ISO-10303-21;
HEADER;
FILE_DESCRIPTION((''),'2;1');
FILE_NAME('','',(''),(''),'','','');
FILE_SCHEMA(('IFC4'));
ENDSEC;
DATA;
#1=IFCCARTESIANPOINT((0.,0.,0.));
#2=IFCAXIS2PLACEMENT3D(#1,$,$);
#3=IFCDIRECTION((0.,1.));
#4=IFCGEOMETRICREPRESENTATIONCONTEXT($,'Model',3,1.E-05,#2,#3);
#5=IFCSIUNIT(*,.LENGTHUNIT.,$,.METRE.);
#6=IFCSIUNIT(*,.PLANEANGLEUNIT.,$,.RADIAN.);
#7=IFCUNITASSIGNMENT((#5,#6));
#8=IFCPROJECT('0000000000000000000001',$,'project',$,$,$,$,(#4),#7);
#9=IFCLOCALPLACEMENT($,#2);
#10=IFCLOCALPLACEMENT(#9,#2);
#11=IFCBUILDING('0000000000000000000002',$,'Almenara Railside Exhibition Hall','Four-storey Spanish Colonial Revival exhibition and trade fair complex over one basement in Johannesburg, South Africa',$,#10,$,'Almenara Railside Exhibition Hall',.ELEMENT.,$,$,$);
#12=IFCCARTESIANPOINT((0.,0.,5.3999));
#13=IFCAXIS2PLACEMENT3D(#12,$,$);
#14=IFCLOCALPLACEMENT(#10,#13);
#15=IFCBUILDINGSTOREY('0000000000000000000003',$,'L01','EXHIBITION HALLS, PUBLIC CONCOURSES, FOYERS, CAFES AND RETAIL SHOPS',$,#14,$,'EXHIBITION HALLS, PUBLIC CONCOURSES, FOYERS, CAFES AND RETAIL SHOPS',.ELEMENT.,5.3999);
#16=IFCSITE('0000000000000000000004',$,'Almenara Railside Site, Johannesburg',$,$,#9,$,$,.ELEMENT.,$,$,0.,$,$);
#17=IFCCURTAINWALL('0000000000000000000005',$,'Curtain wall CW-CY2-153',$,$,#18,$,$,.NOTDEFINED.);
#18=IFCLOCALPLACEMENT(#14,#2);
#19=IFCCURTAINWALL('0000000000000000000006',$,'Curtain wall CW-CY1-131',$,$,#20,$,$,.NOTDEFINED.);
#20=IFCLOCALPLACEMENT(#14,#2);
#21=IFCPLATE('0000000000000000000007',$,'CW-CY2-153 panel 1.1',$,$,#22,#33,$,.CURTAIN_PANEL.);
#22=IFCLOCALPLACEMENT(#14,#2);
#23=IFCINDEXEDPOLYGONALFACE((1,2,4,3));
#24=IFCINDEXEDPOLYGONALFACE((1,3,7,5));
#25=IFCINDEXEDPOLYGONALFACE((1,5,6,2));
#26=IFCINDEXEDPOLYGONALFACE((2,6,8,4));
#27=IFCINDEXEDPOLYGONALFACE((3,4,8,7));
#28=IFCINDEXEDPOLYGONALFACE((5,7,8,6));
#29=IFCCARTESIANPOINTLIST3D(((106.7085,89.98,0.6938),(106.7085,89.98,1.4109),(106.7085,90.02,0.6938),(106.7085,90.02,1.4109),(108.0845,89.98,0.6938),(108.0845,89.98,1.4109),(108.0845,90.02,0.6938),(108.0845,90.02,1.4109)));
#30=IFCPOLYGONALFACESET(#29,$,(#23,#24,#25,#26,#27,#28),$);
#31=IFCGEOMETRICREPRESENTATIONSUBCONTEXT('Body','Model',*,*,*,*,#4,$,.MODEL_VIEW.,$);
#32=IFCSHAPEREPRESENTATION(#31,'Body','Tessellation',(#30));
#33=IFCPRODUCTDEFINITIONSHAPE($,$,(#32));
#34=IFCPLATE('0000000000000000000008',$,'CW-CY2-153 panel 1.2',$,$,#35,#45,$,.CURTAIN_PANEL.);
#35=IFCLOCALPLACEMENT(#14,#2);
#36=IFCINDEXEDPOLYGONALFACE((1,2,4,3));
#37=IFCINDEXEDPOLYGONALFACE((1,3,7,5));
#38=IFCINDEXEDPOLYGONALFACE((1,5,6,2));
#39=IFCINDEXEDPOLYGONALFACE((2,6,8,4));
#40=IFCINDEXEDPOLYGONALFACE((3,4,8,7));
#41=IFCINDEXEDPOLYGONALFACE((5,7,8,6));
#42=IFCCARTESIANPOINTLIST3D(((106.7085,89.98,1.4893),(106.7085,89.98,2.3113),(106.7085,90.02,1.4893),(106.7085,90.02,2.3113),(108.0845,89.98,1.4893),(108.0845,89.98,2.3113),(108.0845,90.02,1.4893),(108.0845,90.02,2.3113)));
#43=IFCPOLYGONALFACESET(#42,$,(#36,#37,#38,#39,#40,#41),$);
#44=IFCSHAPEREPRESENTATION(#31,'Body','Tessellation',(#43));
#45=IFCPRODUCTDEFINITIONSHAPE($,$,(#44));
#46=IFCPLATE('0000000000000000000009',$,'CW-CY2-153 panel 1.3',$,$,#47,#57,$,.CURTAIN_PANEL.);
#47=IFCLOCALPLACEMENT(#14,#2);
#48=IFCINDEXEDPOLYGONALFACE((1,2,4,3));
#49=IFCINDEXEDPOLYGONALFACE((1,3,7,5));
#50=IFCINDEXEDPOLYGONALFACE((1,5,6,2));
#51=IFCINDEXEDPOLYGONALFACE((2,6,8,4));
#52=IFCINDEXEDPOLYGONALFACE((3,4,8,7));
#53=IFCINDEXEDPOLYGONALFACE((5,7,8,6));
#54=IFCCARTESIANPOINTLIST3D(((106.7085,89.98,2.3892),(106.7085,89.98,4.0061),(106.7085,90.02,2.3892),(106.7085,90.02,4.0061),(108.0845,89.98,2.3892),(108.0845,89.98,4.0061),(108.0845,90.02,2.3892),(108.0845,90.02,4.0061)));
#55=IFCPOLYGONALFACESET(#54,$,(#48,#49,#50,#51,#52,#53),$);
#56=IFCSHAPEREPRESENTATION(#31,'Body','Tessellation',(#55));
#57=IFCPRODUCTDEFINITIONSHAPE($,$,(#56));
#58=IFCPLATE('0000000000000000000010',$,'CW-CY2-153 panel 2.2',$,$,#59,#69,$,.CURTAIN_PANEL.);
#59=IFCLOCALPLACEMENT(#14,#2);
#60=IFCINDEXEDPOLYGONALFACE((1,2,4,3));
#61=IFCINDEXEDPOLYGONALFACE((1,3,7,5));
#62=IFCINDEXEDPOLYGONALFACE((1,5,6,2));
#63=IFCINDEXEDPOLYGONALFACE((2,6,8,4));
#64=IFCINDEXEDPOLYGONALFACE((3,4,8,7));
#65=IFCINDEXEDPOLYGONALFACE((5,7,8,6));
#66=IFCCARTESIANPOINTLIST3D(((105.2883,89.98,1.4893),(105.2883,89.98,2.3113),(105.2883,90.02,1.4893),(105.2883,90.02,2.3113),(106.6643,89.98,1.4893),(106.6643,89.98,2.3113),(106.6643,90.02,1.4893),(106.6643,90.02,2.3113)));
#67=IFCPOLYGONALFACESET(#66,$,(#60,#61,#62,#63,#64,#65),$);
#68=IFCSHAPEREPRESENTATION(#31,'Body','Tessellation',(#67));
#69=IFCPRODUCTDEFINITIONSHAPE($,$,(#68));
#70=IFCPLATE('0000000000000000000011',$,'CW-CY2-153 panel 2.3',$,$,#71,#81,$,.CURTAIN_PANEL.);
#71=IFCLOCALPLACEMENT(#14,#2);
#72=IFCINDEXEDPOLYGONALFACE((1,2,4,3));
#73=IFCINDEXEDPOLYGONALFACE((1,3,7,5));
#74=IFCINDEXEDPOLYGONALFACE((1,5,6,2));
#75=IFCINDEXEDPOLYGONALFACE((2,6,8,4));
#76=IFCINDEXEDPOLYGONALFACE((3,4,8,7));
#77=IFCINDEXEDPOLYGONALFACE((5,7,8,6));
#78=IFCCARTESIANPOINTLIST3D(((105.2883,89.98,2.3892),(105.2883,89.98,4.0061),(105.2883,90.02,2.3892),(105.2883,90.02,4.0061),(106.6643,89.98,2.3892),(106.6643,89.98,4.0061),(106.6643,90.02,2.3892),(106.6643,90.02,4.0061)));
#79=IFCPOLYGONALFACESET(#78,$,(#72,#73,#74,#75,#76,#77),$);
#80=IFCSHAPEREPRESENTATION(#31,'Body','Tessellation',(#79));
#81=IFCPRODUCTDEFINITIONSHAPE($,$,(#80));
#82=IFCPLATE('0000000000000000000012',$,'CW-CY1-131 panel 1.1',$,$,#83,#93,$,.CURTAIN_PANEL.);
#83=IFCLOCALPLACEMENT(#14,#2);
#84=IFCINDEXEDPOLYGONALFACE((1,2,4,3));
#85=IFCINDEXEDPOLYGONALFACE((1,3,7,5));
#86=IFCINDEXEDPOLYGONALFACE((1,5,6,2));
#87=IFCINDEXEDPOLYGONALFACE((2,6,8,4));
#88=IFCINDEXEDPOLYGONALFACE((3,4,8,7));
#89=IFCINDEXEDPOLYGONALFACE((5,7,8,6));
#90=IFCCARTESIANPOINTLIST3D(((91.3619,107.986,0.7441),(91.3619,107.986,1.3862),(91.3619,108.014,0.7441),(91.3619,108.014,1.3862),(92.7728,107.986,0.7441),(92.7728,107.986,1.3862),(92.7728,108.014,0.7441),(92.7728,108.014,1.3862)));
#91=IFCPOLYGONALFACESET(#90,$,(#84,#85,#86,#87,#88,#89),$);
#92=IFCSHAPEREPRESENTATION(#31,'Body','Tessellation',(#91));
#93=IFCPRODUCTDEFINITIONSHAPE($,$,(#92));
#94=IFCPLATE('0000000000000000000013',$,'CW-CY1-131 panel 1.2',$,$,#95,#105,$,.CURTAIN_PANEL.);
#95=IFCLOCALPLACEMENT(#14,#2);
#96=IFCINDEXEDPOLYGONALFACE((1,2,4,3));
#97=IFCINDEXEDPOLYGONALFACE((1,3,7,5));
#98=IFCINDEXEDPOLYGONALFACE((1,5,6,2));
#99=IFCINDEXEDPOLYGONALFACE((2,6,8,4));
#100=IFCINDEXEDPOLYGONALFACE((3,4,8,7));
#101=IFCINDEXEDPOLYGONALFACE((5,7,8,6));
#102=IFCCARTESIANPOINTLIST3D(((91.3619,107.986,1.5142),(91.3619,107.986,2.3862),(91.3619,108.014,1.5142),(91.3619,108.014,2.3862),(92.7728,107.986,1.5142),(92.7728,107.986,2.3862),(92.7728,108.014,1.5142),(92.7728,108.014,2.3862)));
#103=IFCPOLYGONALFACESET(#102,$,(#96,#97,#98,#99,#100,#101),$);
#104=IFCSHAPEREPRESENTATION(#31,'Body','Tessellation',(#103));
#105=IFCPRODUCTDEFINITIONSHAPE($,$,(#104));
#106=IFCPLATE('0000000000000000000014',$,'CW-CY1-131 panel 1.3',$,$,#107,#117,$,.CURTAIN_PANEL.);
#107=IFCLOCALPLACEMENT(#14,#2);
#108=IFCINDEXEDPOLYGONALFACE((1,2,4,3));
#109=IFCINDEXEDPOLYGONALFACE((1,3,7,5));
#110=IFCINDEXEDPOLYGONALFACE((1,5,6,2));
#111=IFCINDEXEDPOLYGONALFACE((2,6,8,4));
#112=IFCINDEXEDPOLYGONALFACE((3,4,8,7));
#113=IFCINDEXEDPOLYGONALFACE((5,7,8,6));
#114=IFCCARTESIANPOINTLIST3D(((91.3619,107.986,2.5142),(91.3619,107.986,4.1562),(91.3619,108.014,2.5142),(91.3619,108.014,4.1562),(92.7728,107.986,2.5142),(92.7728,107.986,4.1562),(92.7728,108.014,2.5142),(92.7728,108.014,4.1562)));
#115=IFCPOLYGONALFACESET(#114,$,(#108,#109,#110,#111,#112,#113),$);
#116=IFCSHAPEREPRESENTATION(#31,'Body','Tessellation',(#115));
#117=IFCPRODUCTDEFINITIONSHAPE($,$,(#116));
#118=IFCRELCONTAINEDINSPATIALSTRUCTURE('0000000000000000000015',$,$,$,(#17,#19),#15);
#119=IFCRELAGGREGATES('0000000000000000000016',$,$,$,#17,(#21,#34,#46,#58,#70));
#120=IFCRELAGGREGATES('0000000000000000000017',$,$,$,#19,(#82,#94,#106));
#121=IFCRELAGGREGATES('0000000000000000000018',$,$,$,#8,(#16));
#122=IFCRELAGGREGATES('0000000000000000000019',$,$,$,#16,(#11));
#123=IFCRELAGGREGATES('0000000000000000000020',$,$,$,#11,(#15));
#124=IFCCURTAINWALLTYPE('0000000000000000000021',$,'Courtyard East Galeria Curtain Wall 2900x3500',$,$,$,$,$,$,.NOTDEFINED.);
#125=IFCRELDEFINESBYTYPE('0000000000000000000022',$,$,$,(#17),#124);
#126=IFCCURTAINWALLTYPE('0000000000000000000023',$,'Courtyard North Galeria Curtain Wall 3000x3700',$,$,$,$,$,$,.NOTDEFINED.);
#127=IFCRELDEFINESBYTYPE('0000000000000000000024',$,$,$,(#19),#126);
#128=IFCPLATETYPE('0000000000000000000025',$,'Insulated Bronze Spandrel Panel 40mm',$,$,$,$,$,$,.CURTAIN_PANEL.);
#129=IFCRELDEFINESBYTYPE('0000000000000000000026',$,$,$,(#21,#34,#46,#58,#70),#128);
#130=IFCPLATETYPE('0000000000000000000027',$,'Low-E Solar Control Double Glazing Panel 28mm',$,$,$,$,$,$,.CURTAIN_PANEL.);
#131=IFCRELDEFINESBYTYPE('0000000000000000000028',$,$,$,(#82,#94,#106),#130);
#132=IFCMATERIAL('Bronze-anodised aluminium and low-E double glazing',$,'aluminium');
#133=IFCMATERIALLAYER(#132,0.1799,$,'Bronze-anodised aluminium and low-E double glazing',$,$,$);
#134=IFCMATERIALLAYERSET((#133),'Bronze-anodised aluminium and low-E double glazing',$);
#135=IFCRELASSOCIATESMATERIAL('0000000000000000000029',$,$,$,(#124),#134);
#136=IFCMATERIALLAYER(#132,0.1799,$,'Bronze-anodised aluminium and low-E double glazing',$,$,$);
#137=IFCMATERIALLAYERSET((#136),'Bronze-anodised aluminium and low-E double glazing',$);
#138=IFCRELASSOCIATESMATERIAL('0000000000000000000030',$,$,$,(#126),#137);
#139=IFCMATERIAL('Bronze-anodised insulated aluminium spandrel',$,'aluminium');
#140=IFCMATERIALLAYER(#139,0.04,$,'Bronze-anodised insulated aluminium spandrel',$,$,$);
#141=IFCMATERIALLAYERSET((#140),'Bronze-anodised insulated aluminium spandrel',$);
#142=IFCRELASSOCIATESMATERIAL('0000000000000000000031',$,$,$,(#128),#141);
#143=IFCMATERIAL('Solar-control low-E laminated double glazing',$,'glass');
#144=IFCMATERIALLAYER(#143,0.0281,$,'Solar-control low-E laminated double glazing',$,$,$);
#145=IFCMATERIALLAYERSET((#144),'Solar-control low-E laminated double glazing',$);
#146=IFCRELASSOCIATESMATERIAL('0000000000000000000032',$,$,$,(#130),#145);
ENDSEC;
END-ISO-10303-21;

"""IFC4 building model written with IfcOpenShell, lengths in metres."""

from ifc_helpers import new_model, si_unit, direction, frame, origin, origin_2d, place, context, subcontext, project, spatial, rectangle, extrude, material, layer, layer_set, type_object, element, aggregate, save


model = new_model("IFC4")

# Units and contexts
model_context = context("Model", 3, precision=1e-05, world=origin(), true_north=direction((0.0, 1.0)))
body_context = subcontext(model_context, "Body", "Model", "MODEL_VIEW")
ifc_project = project(units=[si_unit("LENGTHUNIT", "METRE"), si_unit("PLANEANGLEUNIT", "RADIAN")], contexts=[model_context])

# Site, building, storey
site_placement = place(None, origin())
site = spatial("IfcSite", under=ifc_project, at=site_placement, Name="Almenara Railside Site, Johannesburg", CompositionType="ELEMENT", RefElevation=0.0)
building_placement = place(site_placement, origin())
building = spatial("IfcBuilding", under=site, at=building_placement, Name="Almenara Railside Exhibition Hall", Description="Four-storey Spanish Colonial Revival exhibition and trade fair complex over one basement in Johannesburg, South Africa", LongName="Almenara Railside Exhibition Hall", CompositionType="ELEMENT")
storey_placement = place(building_placement, frame((0.0, 0.0, 5.3999)))
storey = spatial("IfcBuildingStorey", under=building, at=storey_placement, Name="L01", Description="EXHIBITION HALLS, PUBLIC CONCOURSES, FOYERS, CAFES AND RETAIL SHOPS", LongName="EXHIBITION HALLS, PUBLIC CONCOURSES, FOYERS, CAFES AND RETAIL SHOPS", CompositionType="ELEMENT", Elevation=5.3999)

# Curtain wall
ifc_material_1 = material(Name="Bronze-anodised aluminium and low-E double glazing", Category="aluminium")
ifc_layer_1 = layer(ifc_material_1, 0.1799, Name="Bronze-anodised aluminium and low-E double glazing")
ifc_layer_set_1 = layer_set([ifc_layer_1], Name="Bronze-anodised aluminium and low-E double glazing")
curtain_wall_type_1 = type_object("IfcCurtainWallType", Name="Courtyard East Galeria Curtain Wall 2900x3500", PredefinedType="NOTDEFINED", material=ifc_layer_set_1)
curtain_wall_1_placement = place(storey_placement, origin())
curtain_wall_1 = element("IfcCurtainWall", 1, at=curtain_wall_1_placement, inside=storey, type_object=curtain_wall_type_1, Name="Curtain wall CW-CY2-153", PredefinedType="NOTDEFINED")

# Curtain wall
ifc_layer_2 = layer(ifc_material_1, 0.1799, Name="Bronze-anodised aluminium and low-E double glazing")
ifc_layer_set_2 = layer_set([ifc_layer_2], Name="Bronze-anodised aluminium and low-E double glazing")
curtain_wall_type_2 = type_object("IfcCurtainWallType", Name="Courtyard North Galeria Curtain Wall 3000x3700", PredefinedType="NOTDEFINED", material=ifc_layer_set_2)
curtain_wall_2_placement = place(storey_placement, origin())
curtain_wall_2 = element("IfcCurtainWall", 2, at=curtain_wall_2_placement, inside=storey, type_object=curtain_wall_type_2, Name="Curtain wall CW-CY1-131", PredefinedType="NOTDEFINED")

# Plates
ifc_material_2 = material(Name="Bronze-anodised insulated aluminium spandrel", Category="aluminium")
ifc_layer_3 = layer(ifc_material_2, 0.04, Name="Bronze-anodised insulated aluminium spandrel")
ifc_layer_set_3 = layer_set([ifc_layer_3], Name="Bronze-anodised insulated aluminium spandrel")
plate_type_1 = type_object("IfcPlateType", Name="Insulated Bronze Spandrel Panel 40mm", PredefinedType="CURTAIN_PANEL", material=ifc_layer_set_3)
plate_1_placement = place(storey_placement, frame((107.3965, 90.0, 0.6938), z_axis=(0.0, 0.0, 1.0), x_axis=(-1.0, 0.0, 0.0)))
plate_1 = element("IfcPlate", 3, at=plate_1_placement, type_object=plate_type_1, Name="CW-CY2-153 panel 1.1", PredefinedType="CURTAIN_PANEL", context=body_context, shape_type="SweptSolid", body=[
    extrude(rectangle(XDim=1.376, YDim=0.04, at=origin_2d()), origin(), (0.0, 0.0, 1.0), 0.717),
])
plate_2_placement = place(storey_placement, frame((107.3965, 90.0, 1.4893), z_axis=(0.0, 0.0, 1.0), x_axis=(-1.0, 0.0, 0.0)))
plate_2 = element("IfcPlate", 4, at=plate_2_placement, type_object=plate_type_1, Name="CW-CY2-153 panel 1.2", PredefinedType="CURTAIN_PANEL", context=body_context, shape_type="SweptSolid", body=[
    extrude(rectangle(XDim=1.376, YDim=0.04, at=origin_2d()), origin(), (0.0, 0.0, 1.0), 0.822),
])
plate_3_placement = place(storey_placement, frame((107.3965, 90.0, 2.3892), z_axis=(0.0, 0.0, 1.0), x_axis=(-1.0, 0.0, 0.0)))
plate_3 = element("IfcPlate", 5, at=plate_3_placement, type_object=plate_type_1, Name="CW-CY2-153 panel 1.3", PredefinedType="CURTAIN_PANEL", context=body_context, shape_type="SweptSolid", body=[
    extrude(rectangle(XDim=1.376, YDim=0.04, at=origin_2d()), origin(), (0.0, 0.0, 1.0), 1.6169),
])
plate_4_placement = place(storey_placement, frame((105.9763, 90.0, 1.4893), z_axis=(0.0, 0.0, 1.0), x_axis=(-1.0, 0.0, 0.0)))
plate_4 = element("IfcPlate", 6, at=plate_4_placement, type_object=plate_type_1, Name="CW-CY2-153 panel 2.2", PredefinedType="CURTAIN_PANEL", context=body_context, shape_type="SweptSolid", body=[
    extrude(rectangle(XDim=1.376, YDim=0.04, at=origin_2d()), origin(), (0.0, 0.0, 1.0), 0.822),
])
plate_5_placement = place(storey_placement, frame((105.9763, 90.0, 2.3892), z_axis=(0.0, 0.0, 1.0), x_axis=(-1.0, 0.0, 0.0)))
plate_5 = element("IfcPlate", 7, at=plate_5_placement, type_object=plate_type_1, Name="CW-CY2-153 panel 2.3", PredefinedType="CURTAIN_PANEL", context=body_context, shape_type="SweptSolid", body=[
    extrude(rectangle(XDim=1.376, YDim=0.04, at=origin_2d()), origin(), (0.0, 0.0, 1.0), 1.6169),
])
aggregate(curtain_wall_1, [plate_1, plate_2, plate_3, plate_4, plate_5])
ifc_material_3 = material(Name="Solar-control low-E laminated double glazing", Category="glass")
ifc_layer_4 = layer(ifc_material_3, 0.0281, Name="Solar-control low-E laminated double glazing")
ifc_layer_set_4 = layer_set([ifc_layer_4], Name="Solar-control low-E laminated double glazing")
plate_type_2 = type_object("IfcPlateType", Name="Low-E Solar Control Double Glazing Panel 28mm", PredefinedType="CURTAIN_PANEL", material=ifc_layer_set_4)
plate_6_placement = place(storey_placement, frame((92.0674, 108.0, 0.7441), z_axis=(0.0, 0.0, 1.0), x_axis=(1.0, 0.0, 0.0)))
plate_6 = element("IfcPlate", 8, at=plate_6_placement, type_object=plate_type_2, Name="CW-CY1-131 panel 1.1", PredefinedType="CURTAIN_PANEL", context=body_context, shape_type="SweptSolid", body=[
    extrude(rectangle(XDim=1.4109, YDim=0.0281, at=origin_2d()), origin(), (0.0, 0.0, 1.0), 0.6421),
])
plate_7_placement = place(storey_placement, frame((92.0674, 108.0, 1.5142), z_axis=(0.0, 0.0, 1.0), x_axis=(1.0, 0.0, 0.0)))
plate_7 = element("IfcPlate", 9, at=plate_7_placement, type_object=plate_type_2, Name="CW-CY1-131 panel 1.2", PredefinedType="CURTAIN_PANEL", context=body_context, shape_type="SweptSolid", body=[
    extrude(rectangle(XDim=1.4109, YDim=0.0281, at=origin_2d()), origin(), (0.0, 0.0, 1.0), 0.8721),
])
plate_8_placement = place(storey_placement, frame((92.0674, 108.0, 2.5142), z_axis=(0.0, 0.0, 1.0), x_axis=(1.0, 0.0, 0.0)))
plate_8 = element("IfcPlate", 10, at=plate_8_placement, type_object=plate_type_2, Name="CW-CY1-131 panel 1.3", PredefinedType="CURTAIN_PANEL", context=body_context, shape_type="SweptSolid", body=[
    extrude(rectangle(XDim=1.4109, YDim=0.0281, at=origin_2d()), origin(), (0.0, 0.0, 1.0), 1.6421),
])
aggregate(curtain_wall_2, [plate_6, plate_7, plate_8])

save(model, "model.ifc")
